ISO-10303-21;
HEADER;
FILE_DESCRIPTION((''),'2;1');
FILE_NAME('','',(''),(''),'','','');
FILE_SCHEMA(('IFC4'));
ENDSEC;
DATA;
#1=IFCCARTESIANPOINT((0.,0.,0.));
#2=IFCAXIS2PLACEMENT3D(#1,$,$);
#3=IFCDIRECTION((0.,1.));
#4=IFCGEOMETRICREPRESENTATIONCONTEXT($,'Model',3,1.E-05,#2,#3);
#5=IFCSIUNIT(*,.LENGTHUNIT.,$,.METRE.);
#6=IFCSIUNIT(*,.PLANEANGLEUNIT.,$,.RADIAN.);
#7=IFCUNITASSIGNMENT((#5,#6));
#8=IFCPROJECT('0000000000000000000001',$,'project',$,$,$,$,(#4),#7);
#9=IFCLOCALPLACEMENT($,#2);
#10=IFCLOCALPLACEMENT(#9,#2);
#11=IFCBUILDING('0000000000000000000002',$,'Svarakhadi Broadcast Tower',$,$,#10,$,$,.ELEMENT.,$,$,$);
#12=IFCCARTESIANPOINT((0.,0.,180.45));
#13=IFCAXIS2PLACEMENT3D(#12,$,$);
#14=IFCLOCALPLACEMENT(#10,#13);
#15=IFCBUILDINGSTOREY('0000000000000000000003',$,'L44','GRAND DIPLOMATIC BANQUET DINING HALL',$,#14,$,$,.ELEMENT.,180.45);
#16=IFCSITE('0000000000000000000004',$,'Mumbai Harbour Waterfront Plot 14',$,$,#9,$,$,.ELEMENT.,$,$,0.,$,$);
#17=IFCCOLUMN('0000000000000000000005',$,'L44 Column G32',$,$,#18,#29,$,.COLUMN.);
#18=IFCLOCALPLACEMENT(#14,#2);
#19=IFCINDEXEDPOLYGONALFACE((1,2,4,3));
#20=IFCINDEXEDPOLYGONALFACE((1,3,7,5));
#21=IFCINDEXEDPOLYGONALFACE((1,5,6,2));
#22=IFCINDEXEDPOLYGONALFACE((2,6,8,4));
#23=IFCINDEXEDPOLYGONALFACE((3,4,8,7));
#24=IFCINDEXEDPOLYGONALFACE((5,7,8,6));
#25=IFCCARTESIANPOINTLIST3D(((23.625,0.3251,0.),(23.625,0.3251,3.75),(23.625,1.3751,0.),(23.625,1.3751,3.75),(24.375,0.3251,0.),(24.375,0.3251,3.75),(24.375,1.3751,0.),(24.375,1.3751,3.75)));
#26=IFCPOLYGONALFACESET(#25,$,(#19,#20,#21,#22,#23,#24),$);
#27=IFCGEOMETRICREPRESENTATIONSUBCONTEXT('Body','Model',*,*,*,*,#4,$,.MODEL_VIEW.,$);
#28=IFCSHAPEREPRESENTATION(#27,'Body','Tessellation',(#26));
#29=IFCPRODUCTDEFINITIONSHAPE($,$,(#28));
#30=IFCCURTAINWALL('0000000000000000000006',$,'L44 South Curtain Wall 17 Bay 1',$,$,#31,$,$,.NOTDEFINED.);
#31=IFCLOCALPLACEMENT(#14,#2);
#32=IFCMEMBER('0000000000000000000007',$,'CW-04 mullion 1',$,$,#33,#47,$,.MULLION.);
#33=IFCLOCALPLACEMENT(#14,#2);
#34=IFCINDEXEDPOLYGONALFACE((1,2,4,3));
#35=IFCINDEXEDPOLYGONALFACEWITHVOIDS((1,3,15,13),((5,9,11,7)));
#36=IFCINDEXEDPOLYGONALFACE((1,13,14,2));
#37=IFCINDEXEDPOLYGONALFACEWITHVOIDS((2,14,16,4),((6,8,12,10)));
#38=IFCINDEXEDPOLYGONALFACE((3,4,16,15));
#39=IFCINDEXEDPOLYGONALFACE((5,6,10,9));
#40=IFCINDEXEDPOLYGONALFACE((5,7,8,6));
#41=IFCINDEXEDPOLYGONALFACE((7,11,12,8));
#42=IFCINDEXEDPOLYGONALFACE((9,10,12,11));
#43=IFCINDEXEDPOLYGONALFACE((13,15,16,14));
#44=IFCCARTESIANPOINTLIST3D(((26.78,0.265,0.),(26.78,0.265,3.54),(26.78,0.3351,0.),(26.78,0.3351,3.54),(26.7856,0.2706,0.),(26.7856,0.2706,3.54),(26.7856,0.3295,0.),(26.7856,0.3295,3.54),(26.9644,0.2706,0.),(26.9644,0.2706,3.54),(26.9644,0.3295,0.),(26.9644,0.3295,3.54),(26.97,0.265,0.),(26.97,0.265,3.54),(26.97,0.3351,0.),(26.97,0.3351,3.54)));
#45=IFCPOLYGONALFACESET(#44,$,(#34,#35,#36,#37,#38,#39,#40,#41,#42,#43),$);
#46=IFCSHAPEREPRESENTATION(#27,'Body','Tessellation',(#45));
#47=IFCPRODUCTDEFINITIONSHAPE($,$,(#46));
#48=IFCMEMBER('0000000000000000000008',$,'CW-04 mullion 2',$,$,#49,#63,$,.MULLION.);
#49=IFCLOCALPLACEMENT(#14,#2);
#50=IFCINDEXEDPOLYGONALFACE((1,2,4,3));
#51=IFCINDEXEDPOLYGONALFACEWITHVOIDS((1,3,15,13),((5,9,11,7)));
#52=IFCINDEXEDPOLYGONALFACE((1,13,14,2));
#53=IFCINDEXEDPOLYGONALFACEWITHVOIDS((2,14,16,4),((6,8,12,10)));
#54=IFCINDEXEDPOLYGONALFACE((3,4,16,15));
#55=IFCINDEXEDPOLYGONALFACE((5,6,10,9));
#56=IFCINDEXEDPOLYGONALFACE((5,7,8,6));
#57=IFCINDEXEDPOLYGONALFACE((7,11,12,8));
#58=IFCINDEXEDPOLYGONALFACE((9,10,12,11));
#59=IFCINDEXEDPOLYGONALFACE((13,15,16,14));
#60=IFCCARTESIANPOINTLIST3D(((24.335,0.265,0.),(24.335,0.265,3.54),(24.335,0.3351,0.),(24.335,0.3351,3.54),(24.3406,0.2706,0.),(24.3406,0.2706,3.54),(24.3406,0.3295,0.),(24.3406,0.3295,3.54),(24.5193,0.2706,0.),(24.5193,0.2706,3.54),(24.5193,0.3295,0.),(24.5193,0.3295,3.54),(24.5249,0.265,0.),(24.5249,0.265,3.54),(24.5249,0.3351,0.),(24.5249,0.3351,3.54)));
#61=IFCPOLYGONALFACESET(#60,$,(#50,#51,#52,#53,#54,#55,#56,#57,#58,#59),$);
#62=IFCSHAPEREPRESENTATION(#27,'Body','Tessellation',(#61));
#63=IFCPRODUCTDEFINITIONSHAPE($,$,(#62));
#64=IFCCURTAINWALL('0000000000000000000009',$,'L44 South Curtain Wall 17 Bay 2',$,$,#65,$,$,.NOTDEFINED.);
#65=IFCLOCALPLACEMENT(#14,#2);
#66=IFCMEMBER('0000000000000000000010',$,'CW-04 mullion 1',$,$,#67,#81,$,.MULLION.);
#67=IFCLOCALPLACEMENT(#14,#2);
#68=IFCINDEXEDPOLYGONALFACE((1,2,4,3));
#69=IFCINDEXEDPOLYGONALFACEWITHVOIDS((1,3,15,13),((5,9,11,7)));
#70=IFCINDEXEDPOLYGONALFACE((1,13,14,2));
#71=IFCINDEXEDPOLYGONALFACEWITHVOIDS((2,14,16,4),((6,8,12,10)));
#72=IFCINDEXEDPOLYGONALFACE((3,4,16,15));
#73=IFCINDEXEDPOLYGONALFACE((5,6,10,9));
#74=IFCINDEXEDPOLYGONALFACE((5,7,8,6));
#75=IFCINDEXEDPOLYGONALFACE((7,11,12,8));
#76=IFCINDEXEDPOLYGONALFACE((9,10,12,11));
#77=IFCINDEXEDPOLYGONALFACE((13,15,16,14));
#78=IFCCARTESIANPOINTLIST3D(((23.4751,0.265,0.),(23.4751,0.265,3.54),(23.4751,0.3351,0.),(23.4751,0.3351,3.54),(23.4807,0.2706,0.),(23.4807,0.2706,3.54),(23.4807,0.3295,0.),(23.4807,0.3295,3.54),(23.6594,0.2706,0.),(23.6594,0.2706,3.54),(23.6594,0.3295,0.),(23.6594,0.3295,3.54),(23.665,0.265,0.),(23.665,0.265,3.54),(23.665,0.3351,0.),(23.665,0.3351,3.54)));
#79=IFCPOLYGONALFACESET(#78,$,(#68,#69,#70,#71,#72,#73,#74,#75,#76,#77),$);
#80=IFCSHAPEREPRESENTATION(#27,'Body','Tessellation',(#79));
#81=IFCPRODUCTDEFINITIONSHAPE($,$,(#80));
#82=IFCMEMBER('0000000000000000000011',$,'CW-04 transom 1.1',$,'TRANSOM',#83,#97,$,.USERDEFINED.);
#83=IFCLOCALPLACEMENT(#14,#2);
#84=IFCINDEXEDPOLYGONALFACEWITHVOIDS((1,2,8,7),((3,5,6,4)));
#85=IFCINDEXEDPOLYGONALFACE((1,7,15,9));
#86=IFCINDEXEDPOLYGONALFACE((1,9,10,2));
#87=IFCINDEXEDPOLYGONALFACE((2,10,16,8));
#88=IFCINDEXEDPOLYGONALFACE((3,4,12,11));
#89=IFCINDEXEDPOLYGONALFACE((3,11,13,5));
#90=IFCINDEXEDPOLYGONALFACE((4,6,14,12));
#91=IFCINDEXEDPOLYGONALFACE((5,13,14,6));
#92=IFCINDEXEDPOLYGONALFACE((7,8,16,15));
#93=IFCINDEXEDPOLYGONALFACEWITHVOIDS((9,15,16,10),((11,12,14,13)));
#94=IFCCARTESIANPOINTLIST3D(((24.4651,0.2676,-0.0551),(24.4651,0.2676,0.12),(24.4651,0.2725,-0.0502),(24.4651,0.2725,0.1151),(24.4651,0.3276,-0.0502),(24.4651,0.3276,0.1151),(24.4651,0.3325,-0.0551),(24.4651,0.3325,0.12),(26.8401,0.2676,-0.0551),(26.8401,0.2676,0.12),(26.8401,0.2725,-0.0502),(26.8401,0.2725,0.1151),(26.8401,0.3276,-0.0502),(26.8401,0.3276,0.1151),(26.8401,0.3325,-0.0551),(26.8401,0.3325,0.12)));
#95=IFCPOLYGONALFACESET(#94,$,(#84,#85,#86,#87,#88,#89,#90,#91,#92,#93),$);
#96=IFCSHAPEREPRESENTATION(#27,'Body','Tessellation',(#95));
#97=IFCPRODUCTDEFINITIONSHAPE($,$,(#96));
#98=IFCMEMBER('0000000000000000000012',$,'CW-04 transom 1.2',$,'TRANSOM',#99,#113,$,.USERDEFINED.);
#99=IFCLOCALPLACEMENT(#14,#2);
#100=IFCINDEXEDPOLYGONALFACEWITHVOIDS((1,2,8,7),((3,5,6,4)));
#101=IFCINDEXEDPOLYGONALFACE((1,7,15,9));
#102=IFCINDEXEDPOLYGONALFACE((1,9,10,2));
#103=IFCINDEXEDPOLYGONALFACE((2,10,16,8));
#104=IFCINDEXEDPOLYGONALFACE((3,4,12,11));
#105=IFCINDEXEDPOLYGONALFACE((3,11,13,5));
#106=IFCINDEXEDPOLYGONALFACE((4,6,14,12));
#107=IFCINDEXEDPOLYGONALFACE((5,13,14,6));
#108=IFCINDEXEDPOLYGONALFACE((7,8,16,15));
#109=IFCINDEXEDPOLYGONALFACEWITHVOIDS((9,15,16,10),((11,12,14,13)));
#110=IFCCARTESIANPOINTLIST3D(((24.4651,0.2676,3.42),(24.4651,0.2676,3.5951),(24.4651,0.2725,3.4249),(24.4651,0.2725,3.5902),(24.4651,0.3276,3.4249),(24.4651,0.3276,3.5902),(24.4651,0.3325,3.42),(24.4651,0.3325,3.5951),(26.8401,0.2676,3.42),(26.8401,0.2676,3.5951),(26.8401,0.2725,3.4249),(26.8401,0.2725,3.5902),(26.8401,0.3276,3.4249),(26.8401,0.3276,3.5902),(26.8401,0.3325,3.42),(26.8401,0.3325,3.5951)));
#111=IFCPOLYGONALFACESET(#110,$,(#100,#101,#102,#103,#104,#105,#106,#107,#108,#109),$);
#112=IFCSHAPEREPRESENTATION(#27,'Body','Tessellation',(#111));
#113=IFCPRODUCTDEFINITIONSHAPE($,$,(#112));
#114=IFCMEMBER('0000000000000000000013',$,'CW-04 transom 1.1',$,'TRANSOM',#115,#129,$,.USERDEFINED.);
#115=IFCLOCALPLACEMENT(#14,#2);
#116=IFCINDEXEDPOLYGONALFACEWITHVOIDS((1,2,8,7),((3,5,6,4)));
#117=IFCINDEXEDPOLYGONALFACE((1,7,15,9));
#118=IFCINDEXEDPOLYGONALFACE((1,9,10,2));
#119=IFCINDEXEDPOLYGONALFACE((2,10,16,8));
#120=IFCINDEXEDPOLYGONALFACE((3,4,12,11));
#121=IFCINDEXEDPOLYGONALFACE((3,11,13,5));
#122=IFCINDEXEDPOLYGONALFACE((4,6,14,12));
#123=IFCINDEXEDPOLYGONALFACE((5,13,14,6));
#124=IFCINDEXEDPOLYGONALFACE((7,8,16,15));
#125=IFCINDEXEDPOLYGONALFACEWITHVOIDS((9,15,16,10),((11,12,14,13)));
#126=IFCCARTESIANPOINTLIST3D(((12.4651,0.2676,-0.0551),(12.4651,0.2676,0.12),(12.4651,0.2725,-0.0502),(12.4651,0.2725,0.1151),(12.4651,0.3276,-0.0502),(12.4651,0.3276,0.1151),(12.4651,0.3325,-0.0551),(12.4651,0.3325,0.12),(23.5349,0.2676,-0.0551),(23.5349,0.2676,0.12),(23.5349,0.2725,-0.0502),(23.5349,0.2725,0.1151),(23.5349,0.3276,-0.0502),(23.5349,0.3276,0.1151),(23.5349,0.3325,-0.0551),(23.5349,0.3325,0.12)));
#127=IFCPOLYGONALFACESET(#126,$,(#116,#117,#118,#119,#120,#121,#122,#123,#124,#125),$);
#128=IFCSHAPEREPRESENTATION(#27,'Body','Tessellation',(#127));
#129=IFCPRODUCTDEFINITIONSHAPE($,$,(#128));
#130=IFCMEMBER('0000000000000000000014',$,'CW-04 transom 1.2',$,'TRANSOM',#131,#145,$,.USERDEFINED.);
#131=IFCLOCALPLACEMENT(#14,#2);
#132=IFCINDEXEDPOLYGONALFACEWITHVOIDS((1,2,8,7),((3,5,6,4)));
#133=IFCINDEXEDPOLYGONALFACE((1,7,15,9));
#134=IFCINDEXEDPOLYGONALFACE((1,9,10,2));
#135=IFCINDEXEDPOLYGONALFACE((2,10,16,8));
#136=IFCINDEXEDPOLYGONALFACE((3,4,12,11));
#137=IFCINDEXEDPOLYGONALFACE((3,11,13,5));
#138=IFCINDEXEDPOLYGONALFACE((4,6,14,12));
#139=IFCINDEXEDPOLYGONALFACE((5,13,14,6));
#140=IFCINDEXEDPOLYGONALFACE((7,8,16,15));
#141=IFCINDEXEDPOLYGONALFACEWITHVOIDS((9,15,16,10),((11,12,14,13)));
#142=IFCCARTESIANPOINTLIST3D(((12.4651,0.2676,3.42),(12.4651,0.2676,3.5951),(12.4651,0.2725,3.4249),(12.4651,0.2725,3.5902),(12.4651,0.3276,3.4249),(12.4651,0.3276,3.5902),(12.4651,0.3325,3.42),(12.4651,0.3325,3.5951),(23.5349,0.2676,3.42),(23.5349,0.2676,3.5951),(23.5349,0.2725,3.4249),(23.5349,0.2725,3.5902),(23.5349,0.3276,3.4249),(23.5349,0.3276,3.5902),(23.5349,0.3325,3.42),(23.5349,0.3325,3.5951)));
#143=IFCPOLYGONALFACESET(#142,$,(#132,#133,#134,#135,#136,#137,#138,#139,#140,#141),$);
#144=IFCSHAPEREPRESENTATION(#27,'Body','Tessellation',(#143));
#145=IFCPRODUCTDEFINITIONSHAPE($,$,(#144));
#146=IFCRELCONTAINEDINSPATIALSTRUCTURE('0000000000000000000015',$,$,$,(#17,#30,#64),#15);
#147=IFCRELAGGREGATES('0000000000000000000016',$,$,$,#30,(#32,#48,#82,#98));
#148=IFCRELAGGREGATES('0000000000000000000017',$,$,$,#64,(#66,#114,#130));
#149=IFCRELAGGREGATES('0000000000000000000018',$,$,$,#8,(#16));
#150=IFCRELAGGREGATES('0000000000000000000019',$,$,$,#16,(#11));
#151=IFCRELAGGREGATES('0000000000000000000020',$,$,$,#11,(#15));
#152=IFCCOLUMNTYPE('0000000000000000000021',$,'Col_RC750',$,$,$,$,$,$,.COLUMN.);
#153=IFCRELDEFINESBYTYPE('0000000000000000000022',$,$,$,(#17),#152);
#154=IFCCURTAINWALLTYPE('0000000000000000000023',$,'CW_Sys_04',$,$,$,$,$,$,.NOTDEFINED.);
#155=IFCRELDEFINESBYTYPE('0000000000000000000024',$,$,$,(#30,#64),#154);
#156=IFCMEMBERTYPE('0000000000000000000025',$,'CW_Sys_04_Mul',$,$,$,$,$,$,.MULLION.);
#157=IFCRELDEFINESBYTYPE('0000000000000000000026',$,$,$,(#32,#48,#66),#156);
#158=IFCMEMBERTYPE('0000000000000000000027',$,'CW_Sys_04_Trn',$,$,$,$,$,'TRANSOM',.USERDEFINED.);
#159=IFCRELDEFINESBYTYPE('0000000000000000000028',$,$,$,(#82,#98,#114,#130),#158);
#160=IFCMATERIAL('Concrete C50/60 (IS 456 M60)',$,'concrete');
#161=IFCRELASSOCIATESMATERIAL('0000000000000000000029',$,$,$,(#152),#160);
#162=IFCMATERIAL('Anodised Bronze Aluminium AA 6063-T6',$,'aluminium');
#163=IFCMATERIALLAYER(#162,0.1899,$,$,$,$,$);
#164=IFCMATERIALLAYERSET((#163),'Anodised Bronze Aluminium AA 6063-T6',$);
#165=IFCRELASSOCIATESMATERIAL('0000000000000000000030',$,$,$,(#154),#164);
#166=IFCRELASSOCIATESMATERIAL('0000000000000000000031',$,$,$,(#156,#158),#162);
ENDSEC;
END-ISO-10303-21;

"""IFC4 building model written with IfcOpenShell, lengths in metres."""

from ifc_helpers import new_model, si_unit, direction, frame, origin, origin_2d, place, context, subcontext, project, spatial, rectangle, hollow_rectangle, extrude, material, layer, layer_set, material_profile, profile_set, type_object, element, aggregate, save


model = new_model("IFC4")

# Units and contexts
model_context = context("Model", 3, precision=1e-05, world=origin(), true_north=direction((0.0, 1.0)))
body_context = subcontext(model_context, "Body", "Model", "MODEL_VIEW")
ifc_project = project(units=[si_unit("LENGTHUNIT", "METRE"), si_unit("PLANEANGLEUNIT", "RADIAN")], contexts=[model_context])

# Site, building, storey
site_placement = place(None, origin())
site = spatial("IfcSite", under=ifc_project, at=site_placement, Name="Mumbai Harbour Waterfront Plot 14", CompositionType="ELEMENT", RefElevation=0.0)
building_placement = place(site_placement, origin())
building = spatial("IfcBuilding", under=site, at=building_placement, Name="Svarakhadi Broadcast Tower", CompositionType="ELEMENT")
storey_placement = place(building_placement, frame((0.0, 0.0, 180.45)))
storey = spatial("IfcBuildingStorey", under=building, at=storey_placement, Name="L44", Description="GRAND DIPLOMATIC BANQUET DINING HALL", CompositionType="ELEMENT", Elevation=180.45)

# Column
ifc_material_1 = material(Name="Concrete C50/60 (IS 456 M60)", Category="concrete")
ifc_material_profile_1 = material_profile(ifc_material_1, rectangle(XDim=0.75, YDim=1.05, at=origin_2d()), Name="RC 750x1050")
ifc_profile_set_1 = profile_set([ifc_material_profile_1], Name="Concrete C50/60 (IS 456 M60)")
column_type = type_object("IfcColumnType", Name="Col_RC750", PredefinedType="COLUMN", material=ifc_profile_set_1)
column_placement = place(storey_placement, frame((24.0, 0.8501, 0.0), z_axis=(0.0, 0.0, 1.0), x_axis=(1.0, 0.0, 0.0)))
element("IfcColumn", 1, at=column_placement, inside=storey, type_object=column_type, Name="L44 Column G32", PredefinedType="COLUMN", context=body_context, shape_type="SweptSolid", body=[
    extrude(rectangle(XDim=0.75, YDim=1.05, at=origin_2d()), origin(), (0.0, 0.0, 1.0), 3.75),
])

# Curtain wall, members
ifc_material_2 = material(Name="Anodised Bronze Aluminium AA 6063-T6", Category="aluminium")
ifc_layer_1 = layer(ifc_material_2, 0.1899)
ifc_layer_set_1 = layer_set([ifc_layer_1], Name="Anodised Bronze Aluminium AA 6063-T6")
curtain_wall_type = type_object("IfcCurtainWallType", Name="CW_Sys_04", PredefinedType="NOTDEFINED", material=ifc_layer_set_1)
curtain_wall_1_placement = place(storey_placement, origin())
curtain_wall_1 = element("IfcCurtainWall", 2, at=curtain_wall_1_placement, inside=storey, type_object=curtain_wall_type, Name="L44 South Curtain Wall 17 Bay 1", PredefinedType="NOTDEFINED")
ifc_material_profile_2 = material_profile(ifc_material_2, hollow_rectangle(XDim=0.0701, YDim=0.1899, WallThickness=0.0056, at=origin_2d()), Name="ALU MULLION 190x70x6")
ifc_profile_set_2 = profile_set([ifc_material_profile_2], Name="Anodised Bronze Aluminium AA 6063-T6")
member_type_1 = type_object("IfcMemberType", Name="CW_Sys_04_Mul", PredefinedType="MULLION", material=ifc_profile_set_2)
member_1_placement = place(storey_placement, frame((26.875, 0.3, 0.0), z_axis=(0.0, 0.0, 1.0), x_axis=(0.0, -1.0, 0.0)))
member_1 = element("IfcMember", 3, at=member_1_placement, type_object=member_type_1, Name="CW-04 mullion 1", PredefinedType="MULLION", context=body_context, shape_type="SweptSolid", body=[
    extrude(hollow_rectangle(XDim=0.0701, YDim=0.1899, WallThickness=0.0056, at=origin_2d()), origin(), (0.0, 0.0, 1.0), 3.54),
])
member_2_placement = place(storey_placement, frame((24.4299, 0.3, 0.0), z_axis=(0.0, 0.0, 1.0), x_axis=(0.0, -1.0, 0.0)))
member_2 = element("IfcMember", 4, at=member_2_placement, type_object=member_type_1, Name="CW-04 mullion 2", PredefinedType="MULLION", context=body_context, shape_type="SweptSolid", body=[
    extrude(hollow_rectangle(XDim=0.0701, YDim=0.1899, WallThickness=0.0056, at=origin_2d()), origin(), (0.0, 0.0, 1.0), 3.54),
])

# Curtain wall, member
curtain_wall_2_placement = place(storey_placement, origin())
curtain_wall_2 = element("IfcCurtainWall", 5, at=curtain_wall_2_placement, inside=storey, type_object=curtain_wall_type, Name="L44 South Curtain Wall 17 Bay 2", PredefinedType="NOTDEFINED")
member_3_placement = place(storey_placement, frame((23.5701, 0.3, 0.0), z_axis=(0.0, 0.0, 1.0), x_axis=(0.0, -1.0, 0.0)))
member_3 = element("IfcMember", 6, at=member_3_placement, type_object=member_type_1, Name="CW-04 mullion 1", PredefinedType="MULLION", context=body_context, shape_type="SweptSolid", body=[
    extrude(hollow_rectangle(XDim=0.0701, YDim=0.1899, WallThickness=0.0056, at=origin_2d()), origin(), (0.0, 0.0, 1.0), 3.54),
])

# Members
ifc_material_profile_3 = material_profile(ifc_material_2, hollow_rectangle(XDim=0.0649, YDim=0.175, WallThickness=0.0049, at=origin_2d()), Name="ALU TRANSOM 175x65x5")
ifc_profile_set_3 = profile_set([ifc_material_profile_3], Name="Anodised Bronze Aluminium AA 6063-T6")
member_type_2 = type_object("IfcMemberType", Name="CW_Sys_04_Trn", ElementType="TRANSOM", PredefinedType="USERDEFINED", material=ifc_profile_set_3)
member_4_placement = place(storey_placement, frame((26.8401, 0.3, 0.0325), z_axis=(-1.0, 0.0, 0.0), x_axis=(0.0, -1.0, 0.0)))
member_4 = element("IfcMember", 7, at=member_4_placement, type_object=member_type_2, Name="CW-04 transom 1.1", ObjectType="TRANSOM", PredefinedType="USERDEFINED", context=body_context, shape_type="SweptSolid", body=[
    extrude(hollow_rectangle(XDim=0.0649, YDim=0.175, WallThickness=0.0049, at=origin_2d()), origin(), (0.0, 0.0, 1.0), 2.375),
])
member_5_placement = place(storey_placement, frame((26.8401, 0.3, 3.5076), z_axis=(-1.0, 0.0, 0.0), x_axis=(0.0, -1.0, 0.0)))
member_5 = element("IfcMember", 8, at=member_5_placement, type_object=member_type_2, Name="CW-04 transom 1.2", ObjectType="TRANSOM", PredefinedType="USERDEFINED", context=body_context, shape_type="SweptSolid", body=[
    extrude(hollow_rectangle(XDim=0.0649, YDim=0.175, WallThickness=0.0049, at=origin_2d()), origin(), (0.0, 0.0, 1.0), 2.375),
])
member_6_placement = place(storey_placement, frame((23.5349, 0.3, 0.0325), z_axis=(-1.0, 0.0, 0.0), x_axis=(0.0, -1.0, 0.0)))
member_6 = element("IfcMember", 9, at=member_6_placement, type_object=member_type_2, Name="CW-04 transom 1.1", ObjectType="TRANSOM", PredefinedType="USERDEFINED", context=body_context, shape_type="SweptSolid", body=[
    extrude(hollow_rectangle(XDim=0.0649, YDim=0.175, WallThickness=0.0049, at=origin_2d()), origin(), (0.0, 0.0, 1.0), 11.0698),
])
member_7_placement = place(storey_placement, frame((23.5349, 0.3, 3.5076), z_axis=(-1.0, 0.0, 0.0), x_axis=(0.0, -1.0, 0.0)))
member_7 = element("IfcMember", 10, at=member_7_placement, type_object=member_type_2, Name="CW-04 transom 1.2", ObjectType="TRANSOM", PredefinedType="USERDEFINED", context=body_context, shape_type="SweptSolid", body=[
    extrude(hollow_rectangle(XDim=0.0649, YDim=0.175, WallThickness=0.0049, at=origin_2d()), origin(), (0.0, 0.0, 1.0), 11.0698),
])

aggregate(curtain_wall_1, [member_1, member_2, member_4, member_5])
aggregate(curtain_wall_2, [member_3, member_6, member_7])

save(model, "model.ifc")
